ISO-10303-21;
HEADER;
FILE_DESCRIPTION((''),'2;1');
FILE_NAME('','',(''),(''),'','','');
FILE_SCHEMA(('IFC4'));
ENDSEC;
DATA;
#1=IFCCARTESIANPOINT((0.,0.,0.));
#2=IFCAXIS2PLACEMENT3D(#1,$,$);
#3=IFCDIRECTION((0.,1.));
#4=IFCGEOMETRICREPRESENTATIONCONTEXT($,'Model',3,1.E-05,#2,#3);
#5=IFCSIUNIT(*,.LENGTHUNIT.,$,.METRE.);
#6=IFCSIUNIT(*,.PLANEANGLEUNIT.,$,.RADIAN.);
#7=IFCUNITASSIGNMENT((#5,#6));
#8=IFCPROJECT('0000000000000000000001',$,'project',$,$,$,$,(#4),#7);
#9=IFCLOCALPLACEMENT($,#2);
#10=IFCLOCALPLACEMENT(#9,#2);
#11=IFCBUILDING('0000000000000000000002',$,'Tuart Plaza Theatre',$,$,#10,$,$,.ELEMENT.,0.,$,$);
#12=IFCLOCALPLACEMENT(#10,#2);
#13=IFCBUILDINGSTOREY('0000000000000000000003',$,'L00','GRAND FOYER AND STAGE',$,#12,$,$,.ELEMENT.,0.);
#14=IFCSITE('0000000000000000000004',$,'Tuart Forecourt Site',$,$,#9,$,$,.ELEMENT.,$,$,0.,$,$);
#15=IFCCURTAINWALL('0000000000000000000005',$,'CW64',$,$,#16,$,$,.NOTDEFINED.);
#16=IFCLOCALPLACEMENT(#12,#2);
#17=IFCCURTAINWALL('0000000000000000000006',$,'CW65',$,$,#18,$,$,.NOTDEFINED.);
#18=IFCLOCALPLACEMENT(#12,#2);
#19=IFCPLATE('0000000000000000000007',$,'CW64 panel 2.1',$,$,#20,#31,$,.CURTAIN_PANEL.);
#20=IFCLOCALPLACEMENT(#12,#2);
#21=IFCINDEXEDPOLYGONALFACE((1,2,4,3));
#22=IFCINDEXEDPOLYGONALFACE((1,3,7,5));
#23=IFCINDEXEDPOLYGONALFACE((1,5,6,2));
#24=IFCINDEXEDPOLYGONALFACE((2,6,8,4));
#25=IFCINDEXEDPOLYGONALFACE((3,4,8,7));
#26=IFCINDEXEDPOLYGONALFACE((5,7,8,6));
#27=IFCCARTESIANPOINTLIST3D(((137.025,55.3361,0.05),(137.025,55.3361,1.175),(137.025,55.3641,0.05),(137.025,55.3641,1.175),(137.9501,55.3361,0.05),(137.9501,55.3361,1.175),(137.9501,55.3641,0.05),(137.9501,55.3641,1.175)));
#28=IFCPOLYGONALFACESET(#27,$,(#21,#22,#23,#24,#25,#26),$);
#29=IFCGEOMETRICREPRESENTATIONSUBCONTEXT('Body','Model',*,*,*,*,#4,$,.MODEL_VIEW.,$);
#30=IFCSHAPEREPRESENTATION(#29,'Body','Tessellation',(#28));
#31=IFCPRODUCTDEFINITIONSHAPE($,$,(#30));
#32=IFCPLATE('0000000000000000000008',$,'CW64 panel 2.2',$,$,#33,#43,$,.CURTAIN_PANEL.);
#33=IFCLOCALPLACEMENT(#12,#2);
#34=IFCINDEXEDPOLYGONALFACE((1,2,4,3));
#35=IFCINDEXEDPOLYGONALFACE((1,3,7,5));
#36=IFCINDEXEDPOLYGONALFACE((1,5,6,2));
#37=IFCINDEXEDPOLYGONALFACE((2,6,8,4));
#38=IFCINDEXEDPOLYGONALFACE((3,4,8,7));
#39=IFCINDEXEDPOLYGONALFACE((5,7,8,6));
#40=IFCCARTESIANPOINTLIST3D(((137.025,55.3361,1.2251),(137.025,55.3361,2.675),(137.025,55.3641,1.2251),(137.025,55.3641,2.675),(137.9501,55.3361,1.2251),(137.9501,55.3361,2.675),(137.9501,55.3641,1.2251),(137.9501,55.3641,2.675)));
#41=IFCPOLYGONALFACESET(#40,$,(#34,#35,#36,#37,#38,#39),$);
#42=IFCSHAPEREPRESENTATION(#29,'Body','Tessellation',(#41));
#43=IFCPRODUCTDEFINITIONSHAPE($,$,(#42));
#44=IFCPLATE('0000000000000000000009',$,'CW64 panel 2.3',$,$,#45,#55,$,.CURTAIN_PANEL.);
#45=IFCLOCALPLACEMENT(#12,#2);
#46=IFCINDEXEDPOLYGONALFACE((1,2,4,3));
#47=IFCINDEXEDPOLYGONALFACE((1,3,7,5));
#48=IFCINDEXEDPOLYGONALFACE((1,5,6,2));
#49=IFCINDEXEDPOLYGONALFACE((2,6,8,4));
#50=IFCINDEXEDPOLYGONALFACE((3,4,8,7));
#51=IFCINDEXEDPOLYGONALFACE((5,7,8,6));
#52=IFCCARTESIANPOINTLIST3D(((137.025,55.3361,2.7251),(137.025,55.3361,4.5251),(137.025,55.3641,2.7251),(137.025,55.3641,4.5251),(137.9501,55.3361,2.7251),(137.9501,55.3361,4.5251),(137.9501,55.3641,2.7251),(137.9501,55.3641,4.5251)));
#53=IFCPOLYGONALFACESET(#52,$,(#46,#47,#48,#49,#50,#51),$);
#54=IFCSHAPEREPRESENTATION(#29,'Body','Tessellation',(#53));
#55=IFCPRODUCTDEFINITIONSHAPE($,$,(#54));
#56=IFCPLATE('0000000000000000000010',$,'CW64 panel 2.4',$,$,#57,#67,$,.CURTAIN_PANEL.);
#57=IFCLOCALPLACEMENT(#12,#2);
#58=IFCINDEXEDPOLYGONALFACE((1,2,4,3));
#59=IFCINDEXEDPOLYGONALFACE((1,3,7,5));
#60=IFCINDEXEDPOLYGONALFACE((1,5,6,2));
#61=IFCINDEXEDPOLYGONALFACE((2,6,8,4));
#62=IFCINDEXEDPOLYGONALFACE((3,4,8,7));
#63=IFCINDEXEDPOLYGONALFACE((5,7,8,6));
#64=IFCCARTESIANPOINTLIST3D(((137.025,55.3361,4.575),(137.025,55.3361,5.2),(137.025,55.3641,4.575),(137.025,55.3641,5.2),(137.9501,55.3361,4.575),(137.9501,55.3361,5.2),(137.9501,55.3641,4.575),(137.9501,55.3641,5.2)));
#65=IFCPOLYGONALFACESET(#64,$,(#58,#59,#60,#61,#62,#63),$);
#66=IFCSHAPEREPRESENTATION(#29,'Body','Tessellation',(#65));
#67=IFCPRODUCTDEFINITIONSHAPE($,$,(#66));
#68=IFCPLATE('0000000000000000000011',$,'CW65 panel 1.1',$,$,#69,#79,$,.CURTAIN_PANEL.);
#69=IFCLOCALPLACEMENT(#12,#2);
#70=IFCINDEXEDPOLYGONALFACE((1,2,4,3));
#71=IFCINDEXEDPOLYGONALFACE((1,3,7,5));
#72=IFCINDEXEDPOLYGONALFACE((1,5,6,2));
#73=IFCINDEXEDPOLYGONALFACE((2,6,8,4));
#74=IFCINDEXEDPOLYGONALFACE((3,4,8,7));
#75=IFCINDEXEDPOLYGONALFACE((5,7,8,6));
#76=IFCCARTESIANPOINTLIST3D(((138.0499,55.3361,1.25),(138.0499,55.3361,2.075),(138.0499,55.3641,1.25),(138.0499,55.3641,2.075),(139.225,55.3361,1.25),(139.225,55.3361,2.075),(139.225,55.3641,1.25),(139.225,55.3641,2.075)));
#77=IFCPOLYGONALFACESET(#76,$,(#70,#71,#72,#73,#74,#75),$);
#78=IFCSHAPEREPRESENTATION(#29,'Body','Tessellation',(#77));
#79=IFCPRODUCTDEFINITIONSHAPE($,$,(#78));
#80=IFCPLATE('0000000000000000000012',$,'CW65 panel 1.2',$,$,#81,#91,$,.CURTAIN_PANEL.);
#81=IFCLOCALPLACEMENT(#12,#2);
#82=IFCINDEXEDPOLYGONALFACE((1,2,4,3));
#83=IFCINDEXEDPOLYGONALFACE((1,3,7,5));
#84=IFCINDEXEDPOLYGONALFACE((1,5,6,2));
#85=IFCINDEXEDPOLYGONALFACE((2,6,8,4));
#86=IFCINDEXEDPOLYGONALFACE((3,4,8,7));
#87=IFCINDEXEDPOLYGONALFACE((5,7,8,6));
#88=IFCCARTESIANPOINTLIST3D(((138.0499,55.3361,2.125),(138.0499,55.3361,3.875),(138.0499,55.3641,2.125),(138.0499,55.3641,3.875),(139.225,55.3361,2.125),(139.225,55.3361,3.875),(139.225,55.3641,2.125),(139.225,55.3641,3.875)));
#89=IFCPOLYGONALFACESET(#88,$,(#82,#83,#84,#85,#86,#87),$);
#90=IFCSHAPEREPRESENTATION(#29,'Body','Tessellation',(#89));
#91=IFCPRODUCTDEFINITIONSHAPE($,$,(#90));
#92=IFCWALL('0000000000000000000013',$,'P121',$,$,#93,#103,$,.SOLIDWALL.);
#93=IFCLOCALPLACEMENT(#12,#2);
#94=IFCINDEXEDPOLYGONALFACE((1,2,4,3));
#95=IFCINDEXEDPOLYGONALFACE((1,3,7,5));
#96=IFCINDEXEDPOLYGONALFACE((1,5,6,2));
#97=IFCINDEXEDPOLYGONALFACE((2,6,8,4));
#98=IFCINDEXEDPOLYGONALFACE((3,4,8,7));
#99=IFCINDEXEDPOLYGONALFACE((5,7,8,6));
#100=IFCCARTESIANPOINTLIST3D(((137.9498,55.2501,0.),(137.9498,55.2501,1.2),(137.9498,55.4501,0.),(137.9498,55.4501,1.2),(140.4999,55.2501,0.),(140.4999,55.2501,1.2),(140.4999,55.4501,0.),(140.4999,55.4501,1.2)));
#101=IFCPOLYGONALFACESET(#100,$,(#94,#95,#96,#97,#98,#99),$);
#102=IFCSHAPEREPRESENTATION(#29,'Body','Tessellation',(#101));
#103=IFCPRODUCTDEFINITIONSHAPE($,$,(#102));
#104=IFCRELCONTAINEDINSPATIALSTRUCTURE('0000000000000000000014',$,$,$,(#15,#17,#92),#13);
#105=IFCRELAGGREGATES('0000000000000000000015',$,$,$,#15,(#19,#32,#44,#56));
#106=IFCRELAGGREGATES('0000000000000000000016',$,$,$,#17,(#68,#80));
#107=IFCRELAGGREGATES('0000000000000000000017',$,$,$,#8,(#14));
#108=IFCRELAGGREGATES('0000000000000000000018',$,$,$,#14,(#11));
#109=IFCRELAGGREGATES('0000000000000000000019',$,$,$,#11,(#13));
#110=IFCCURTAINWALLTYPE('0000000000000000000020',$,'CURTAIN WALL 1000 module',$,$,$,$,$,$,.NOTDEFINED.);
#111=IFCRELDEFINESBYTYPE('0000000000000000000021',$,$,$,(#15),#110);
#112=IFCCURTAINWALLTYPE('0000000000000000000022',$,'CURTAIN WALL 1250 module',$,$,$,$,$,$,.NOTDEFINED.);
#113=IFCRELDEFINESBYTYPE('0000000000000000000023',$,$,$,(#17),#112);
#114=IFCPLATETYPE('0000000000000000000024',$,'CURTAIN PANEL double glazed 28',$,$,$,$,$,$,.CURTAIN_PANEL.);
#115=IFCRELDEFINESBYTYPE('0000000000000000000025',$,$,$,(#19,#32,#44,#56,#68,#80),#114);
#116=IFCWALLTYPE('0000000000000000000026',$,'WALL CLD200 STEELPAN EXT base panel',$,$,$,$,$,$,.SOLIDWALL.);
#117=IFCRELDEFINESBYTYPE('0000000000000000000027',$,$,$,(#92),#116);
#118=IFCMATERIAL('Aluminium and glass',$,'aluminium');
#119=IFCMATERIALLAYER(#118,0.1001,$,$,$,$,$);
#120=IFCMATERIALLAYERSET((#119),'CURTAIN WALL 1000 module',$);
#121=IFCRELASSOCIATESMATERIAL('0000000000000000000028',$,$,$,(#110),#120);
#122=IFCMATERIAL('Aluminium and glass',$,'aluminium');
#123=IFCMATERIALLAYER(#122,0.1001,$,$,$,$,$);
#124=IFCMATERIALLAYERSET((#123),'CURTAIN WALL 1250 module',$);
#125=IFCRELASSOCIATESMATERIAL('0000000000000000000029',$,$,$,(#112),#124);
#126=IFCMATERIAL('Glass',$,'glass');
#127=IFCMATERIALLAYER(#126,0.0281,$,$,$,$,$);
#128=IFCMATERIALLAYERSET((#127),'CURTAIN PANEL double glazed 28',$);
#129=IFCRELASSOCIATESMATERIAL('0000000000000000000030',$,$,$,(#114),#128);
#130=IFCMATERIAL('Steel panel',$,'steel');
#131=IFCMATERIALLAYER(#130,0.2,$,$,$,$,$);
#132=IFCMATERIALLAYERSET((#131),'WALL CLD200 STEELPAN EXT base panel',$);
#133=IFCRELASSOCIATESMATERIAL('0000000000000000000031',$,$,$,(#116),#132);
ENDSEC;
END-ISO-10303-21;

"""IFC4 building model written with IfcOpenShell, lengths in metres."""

from ifc_helpers import new_model, si_unit, direction, frame, frame_2d, origin, origin_2d, place, context, subcontext, project, spatial, rectangle, extrude, material, layer, layer_set, type_object, element, aggregate, save


model = new_model("IFC4")

# Units and contexts
model_context = context("Model", 3, precision=1e-05, world=origin(), true_north=direction((0.0, 1.0)))
body_context = subcontext(model_context, "Body", "Model", "MODEL_VIEW")
ifc_project = project(units=[si_unit("LENGTHUNIT", "METRE"), si_unit("PLANEANGLEUNIT", "RADIAN")], contexts=[model_context])

# Site, building, storey
site_placement = place(None, origin())
site = spatial("IfcSite", under=ifc_project, at=site_placement, Name="Tuart Forecourt Site", CompositionType="ELEMENT", RefElevation=0.0)
building_placement = place(site_placement, origin())
building = spatial("IfcBuilding", under=site, at=building_placement, Name="Tuart Plaza Theatre", CompositionType="ELEMENT", ElevationOfRefHeight=0.0)
storey_placement = place(building_placement, origin())
storey = spatial("IfcBuildingStorey", under=building, at=storey_placement, Name="L00", Description="GRAND FOYER AND STAGE", CompositionType="ELEMENT", Elevation=0.0)

# Curtain walls
ifc_material_1 = material(Name="Aluminium and glass", Category="aluminium")
ifc_layer_1 = layer(ifc_material_1, 0.1001)
ifc_layer_set_1 = layer_set([ifc_layer_1], Name="CURTAIN WALL 1000 module")
curtain_wall_type_1 = type_object("IfcCurtainWallType", Name="CURTAIN WALL 1000 module", PredefinedType="NOTDEFINED", material=ifc_layer_set_1)
curtain_wall_1_placement = place(storey_placement, origin())
curtain_wall_1 = element("IfcCurtainWall", 1, at=curtain_wall_1_placement, inside=storey, type_object=curtain_wall_type_1, Name="CW64", PredefinedType="NOTDEFINED")
ifc_material_2 = material(Name="Aluminium and glass", Category="aluminium")
ifc_layer_2 = layer(ifc_material_2, 0.1001)
ifc_layer_set_2 = layer_set([ifc_layer_2], Name="CURTAIN WALL 1250 module")
curtain_wall_type_2 = type_object("IfcCurtainWallType", Name="CURTAIN WALL 1250 module", PredefinedType="NOTDEFINED", material=ifc_layer_set_2)
curtain_wall_2_placement = place(storey_placement, origin())
curtain_wall_2 = element("IfcCurtainWall", 2, at=curtain_wall_2_placement, inside=storey, type_object=curtain_wall_type_2, Name="CW65", PredefinedType="NOTDEFINED")

# Plates
ifc_material_3 = material(Name="Glass", Category="glass")
ifc_layer_3 = layer(ifc_material_3, 0.0281)
ifc_layer_set_3 = layer_set([ifc_layer_3], Name="CURTAIN PANEL double glazed 28")
plate_type = type_object("IfcPlateType", Name="CURTAIN PANEL double glazed 28", PredefinedType="CURTAIN_PANEL", material=ifc_layer_set_3)
plate_1_placement = place(storey_placement, frame((137.4875, 55.3501, 0.05), z_axis=(0.0, 0.0, 1.0), x_axis=(1.0, 0.0, 0.0)))
plate_1 = element("IfcPlate", 3, at=plate_1_placement, type_object=plate_type, Name="CW64 panel 2.1", PredefinedType="CURTAIN_PANEL", context=body_context, shape_type="SweptSolid", body=[
    extrude(rectangle(XDim=0.925, YDim=0.0281, at=origin_2d()), origin(), (0.0, 0.0, 1.0), 1.125),
])
plate_2_placement = place(storey_placement, frame((137.4875, 55.3501, 1.2251), z_axis=(0.0, 0.0, 1.0), x_axis=(1.0, 0.0, 0.0)))
plate_2 = element("IfcPlate", 4, at=plate_2_placement, type_object=plate_type, Name="CW64 panel 2.2", PredefinedType="CURTAIN_PANEL", context=body_context, shape_type="SweptSolid", body=[
    extrude(rectangle(XDim=0.925, YDim=0.0281, at=origin_2d()), origin(), (0.0, 0.0, 1.0), 1.45),
])
plate_3_placement = place(storey_placement, frame((137.4875, 55.3501, 2.7251), z_axis=(0.0, 0.0, 1.0), x_axis=(1.0, 0.0, 0.0)))
plate_3 = element("IfcPlate", 5, at=plate_3_placement, type_object=plate_type, Name="CW64 panel 2.3", PredefinedType="CURTAIN_PANEL", context=body_context, shape_type="SweptSolid", body=[
    extrude(rectangle(XDim=0.925, YDim=0.0281, at=origin_2d()), origin(), (0.0, 0.0, 1.0), 1.8),
])
plate_4_placement = place(storey_placement, frame((137.4875, 55.3501, 4.575), z_axis=(0.0, 0.0, 1.0), x_axis=(1.0, 0.0, 0.0)))
plate_4 = element("IfcPlate", 6, at=plate_4_placement, type_object=plate_type, Name="CW64 panel 2.4", PredefinedType="CURTAIN_PANEL", context=body_context, shape_type="SweptSolid", body=[
    extrude(rectangle(XDim=0.925, YDim=0.0281, at=origin_2d()), origin(), (0.0, 0.0, 1.0), 0.625),
])
aggregate(curtain_wall_1, [plate_1, plate_2, plate_3, plate_4])
plate_5_placement = place(storey_placement, frame((138.6375, 55.3501, 1.25), z_axis=(0.0, 0.0, 1.0), x_axis=(1.0, 0.0, 0.0)))
plate_5 = element("IfcPlate", 7, at=plate_5_placement, type_object=plate_type, Name="CW65 panel 1.1", PredefinedType="CURTAIN_PANEL", context=body_context, shape_type="SweptSolid", body=[
    extrude(rectangle(XDim=1.175, YDim=0.0281, at=origin_2d()), origin(), (0.0, 0.0, 1.0), 0.825),
])
plate_6_placement = place(storey_placement, frame((138.6375, 55.3501, 2.125), z_axis=(0.0, 0.0, 1.0), x_axis=(1.0, 0.0, 0.0)))
plate_6 = element("IfcPlate", 8, at=plate_6_placement, type_object=plate_type, Name="CW65 panel 1.2", PredefinedType="CURTAIN_PANEL", context=body_context, shape_type="SweptSolid", body=[
    extrude(rectangle(XDim=1.175, YDim=0.0281, at=origin_2d()), origin(), (0.0, 0.0, 1.0), 1.75),
])
aggregate(curtain_wall_2, [plate_5, plate_6])

# Wall
ifc_material_4 = material(Name="Steel panel", Category="steel")
ifc_layer_4 = layer(ifc_material_4, 0.2)
ifc_layer_set_4 = layer_set([ifc_layer_4], Name="WALL CLD200 STEELPAN EXT base panel")
wall_type = type_object("IfcWallType", Name="WALL CLD200 STEELPAN EXT base panel", PredefinedType="SOLIDWALL", material=ifc_layer_set_4)
wall_placement = place(storey_placement, frame((137.95, 55.3501, 0.0), z_axis=(0.0, 0.0, 1.0), x_axis=(1.0, 0.0, 0.0)))
element("IfcWall", 9, at=wall_placement, inside=storey, type_object=wall_type, Name="P121", PredefinedType="SOLIDWALL", context=body_context, shape_type="SweptSolid", body=[
    extrude(rectangle(XDim=2.55, YDim=0.2, at=frame_2d((1.2749, 0.0))), origin(), (0.0, 0.0, 1.0), 1.2),
])

save(model, "model.ifc")
